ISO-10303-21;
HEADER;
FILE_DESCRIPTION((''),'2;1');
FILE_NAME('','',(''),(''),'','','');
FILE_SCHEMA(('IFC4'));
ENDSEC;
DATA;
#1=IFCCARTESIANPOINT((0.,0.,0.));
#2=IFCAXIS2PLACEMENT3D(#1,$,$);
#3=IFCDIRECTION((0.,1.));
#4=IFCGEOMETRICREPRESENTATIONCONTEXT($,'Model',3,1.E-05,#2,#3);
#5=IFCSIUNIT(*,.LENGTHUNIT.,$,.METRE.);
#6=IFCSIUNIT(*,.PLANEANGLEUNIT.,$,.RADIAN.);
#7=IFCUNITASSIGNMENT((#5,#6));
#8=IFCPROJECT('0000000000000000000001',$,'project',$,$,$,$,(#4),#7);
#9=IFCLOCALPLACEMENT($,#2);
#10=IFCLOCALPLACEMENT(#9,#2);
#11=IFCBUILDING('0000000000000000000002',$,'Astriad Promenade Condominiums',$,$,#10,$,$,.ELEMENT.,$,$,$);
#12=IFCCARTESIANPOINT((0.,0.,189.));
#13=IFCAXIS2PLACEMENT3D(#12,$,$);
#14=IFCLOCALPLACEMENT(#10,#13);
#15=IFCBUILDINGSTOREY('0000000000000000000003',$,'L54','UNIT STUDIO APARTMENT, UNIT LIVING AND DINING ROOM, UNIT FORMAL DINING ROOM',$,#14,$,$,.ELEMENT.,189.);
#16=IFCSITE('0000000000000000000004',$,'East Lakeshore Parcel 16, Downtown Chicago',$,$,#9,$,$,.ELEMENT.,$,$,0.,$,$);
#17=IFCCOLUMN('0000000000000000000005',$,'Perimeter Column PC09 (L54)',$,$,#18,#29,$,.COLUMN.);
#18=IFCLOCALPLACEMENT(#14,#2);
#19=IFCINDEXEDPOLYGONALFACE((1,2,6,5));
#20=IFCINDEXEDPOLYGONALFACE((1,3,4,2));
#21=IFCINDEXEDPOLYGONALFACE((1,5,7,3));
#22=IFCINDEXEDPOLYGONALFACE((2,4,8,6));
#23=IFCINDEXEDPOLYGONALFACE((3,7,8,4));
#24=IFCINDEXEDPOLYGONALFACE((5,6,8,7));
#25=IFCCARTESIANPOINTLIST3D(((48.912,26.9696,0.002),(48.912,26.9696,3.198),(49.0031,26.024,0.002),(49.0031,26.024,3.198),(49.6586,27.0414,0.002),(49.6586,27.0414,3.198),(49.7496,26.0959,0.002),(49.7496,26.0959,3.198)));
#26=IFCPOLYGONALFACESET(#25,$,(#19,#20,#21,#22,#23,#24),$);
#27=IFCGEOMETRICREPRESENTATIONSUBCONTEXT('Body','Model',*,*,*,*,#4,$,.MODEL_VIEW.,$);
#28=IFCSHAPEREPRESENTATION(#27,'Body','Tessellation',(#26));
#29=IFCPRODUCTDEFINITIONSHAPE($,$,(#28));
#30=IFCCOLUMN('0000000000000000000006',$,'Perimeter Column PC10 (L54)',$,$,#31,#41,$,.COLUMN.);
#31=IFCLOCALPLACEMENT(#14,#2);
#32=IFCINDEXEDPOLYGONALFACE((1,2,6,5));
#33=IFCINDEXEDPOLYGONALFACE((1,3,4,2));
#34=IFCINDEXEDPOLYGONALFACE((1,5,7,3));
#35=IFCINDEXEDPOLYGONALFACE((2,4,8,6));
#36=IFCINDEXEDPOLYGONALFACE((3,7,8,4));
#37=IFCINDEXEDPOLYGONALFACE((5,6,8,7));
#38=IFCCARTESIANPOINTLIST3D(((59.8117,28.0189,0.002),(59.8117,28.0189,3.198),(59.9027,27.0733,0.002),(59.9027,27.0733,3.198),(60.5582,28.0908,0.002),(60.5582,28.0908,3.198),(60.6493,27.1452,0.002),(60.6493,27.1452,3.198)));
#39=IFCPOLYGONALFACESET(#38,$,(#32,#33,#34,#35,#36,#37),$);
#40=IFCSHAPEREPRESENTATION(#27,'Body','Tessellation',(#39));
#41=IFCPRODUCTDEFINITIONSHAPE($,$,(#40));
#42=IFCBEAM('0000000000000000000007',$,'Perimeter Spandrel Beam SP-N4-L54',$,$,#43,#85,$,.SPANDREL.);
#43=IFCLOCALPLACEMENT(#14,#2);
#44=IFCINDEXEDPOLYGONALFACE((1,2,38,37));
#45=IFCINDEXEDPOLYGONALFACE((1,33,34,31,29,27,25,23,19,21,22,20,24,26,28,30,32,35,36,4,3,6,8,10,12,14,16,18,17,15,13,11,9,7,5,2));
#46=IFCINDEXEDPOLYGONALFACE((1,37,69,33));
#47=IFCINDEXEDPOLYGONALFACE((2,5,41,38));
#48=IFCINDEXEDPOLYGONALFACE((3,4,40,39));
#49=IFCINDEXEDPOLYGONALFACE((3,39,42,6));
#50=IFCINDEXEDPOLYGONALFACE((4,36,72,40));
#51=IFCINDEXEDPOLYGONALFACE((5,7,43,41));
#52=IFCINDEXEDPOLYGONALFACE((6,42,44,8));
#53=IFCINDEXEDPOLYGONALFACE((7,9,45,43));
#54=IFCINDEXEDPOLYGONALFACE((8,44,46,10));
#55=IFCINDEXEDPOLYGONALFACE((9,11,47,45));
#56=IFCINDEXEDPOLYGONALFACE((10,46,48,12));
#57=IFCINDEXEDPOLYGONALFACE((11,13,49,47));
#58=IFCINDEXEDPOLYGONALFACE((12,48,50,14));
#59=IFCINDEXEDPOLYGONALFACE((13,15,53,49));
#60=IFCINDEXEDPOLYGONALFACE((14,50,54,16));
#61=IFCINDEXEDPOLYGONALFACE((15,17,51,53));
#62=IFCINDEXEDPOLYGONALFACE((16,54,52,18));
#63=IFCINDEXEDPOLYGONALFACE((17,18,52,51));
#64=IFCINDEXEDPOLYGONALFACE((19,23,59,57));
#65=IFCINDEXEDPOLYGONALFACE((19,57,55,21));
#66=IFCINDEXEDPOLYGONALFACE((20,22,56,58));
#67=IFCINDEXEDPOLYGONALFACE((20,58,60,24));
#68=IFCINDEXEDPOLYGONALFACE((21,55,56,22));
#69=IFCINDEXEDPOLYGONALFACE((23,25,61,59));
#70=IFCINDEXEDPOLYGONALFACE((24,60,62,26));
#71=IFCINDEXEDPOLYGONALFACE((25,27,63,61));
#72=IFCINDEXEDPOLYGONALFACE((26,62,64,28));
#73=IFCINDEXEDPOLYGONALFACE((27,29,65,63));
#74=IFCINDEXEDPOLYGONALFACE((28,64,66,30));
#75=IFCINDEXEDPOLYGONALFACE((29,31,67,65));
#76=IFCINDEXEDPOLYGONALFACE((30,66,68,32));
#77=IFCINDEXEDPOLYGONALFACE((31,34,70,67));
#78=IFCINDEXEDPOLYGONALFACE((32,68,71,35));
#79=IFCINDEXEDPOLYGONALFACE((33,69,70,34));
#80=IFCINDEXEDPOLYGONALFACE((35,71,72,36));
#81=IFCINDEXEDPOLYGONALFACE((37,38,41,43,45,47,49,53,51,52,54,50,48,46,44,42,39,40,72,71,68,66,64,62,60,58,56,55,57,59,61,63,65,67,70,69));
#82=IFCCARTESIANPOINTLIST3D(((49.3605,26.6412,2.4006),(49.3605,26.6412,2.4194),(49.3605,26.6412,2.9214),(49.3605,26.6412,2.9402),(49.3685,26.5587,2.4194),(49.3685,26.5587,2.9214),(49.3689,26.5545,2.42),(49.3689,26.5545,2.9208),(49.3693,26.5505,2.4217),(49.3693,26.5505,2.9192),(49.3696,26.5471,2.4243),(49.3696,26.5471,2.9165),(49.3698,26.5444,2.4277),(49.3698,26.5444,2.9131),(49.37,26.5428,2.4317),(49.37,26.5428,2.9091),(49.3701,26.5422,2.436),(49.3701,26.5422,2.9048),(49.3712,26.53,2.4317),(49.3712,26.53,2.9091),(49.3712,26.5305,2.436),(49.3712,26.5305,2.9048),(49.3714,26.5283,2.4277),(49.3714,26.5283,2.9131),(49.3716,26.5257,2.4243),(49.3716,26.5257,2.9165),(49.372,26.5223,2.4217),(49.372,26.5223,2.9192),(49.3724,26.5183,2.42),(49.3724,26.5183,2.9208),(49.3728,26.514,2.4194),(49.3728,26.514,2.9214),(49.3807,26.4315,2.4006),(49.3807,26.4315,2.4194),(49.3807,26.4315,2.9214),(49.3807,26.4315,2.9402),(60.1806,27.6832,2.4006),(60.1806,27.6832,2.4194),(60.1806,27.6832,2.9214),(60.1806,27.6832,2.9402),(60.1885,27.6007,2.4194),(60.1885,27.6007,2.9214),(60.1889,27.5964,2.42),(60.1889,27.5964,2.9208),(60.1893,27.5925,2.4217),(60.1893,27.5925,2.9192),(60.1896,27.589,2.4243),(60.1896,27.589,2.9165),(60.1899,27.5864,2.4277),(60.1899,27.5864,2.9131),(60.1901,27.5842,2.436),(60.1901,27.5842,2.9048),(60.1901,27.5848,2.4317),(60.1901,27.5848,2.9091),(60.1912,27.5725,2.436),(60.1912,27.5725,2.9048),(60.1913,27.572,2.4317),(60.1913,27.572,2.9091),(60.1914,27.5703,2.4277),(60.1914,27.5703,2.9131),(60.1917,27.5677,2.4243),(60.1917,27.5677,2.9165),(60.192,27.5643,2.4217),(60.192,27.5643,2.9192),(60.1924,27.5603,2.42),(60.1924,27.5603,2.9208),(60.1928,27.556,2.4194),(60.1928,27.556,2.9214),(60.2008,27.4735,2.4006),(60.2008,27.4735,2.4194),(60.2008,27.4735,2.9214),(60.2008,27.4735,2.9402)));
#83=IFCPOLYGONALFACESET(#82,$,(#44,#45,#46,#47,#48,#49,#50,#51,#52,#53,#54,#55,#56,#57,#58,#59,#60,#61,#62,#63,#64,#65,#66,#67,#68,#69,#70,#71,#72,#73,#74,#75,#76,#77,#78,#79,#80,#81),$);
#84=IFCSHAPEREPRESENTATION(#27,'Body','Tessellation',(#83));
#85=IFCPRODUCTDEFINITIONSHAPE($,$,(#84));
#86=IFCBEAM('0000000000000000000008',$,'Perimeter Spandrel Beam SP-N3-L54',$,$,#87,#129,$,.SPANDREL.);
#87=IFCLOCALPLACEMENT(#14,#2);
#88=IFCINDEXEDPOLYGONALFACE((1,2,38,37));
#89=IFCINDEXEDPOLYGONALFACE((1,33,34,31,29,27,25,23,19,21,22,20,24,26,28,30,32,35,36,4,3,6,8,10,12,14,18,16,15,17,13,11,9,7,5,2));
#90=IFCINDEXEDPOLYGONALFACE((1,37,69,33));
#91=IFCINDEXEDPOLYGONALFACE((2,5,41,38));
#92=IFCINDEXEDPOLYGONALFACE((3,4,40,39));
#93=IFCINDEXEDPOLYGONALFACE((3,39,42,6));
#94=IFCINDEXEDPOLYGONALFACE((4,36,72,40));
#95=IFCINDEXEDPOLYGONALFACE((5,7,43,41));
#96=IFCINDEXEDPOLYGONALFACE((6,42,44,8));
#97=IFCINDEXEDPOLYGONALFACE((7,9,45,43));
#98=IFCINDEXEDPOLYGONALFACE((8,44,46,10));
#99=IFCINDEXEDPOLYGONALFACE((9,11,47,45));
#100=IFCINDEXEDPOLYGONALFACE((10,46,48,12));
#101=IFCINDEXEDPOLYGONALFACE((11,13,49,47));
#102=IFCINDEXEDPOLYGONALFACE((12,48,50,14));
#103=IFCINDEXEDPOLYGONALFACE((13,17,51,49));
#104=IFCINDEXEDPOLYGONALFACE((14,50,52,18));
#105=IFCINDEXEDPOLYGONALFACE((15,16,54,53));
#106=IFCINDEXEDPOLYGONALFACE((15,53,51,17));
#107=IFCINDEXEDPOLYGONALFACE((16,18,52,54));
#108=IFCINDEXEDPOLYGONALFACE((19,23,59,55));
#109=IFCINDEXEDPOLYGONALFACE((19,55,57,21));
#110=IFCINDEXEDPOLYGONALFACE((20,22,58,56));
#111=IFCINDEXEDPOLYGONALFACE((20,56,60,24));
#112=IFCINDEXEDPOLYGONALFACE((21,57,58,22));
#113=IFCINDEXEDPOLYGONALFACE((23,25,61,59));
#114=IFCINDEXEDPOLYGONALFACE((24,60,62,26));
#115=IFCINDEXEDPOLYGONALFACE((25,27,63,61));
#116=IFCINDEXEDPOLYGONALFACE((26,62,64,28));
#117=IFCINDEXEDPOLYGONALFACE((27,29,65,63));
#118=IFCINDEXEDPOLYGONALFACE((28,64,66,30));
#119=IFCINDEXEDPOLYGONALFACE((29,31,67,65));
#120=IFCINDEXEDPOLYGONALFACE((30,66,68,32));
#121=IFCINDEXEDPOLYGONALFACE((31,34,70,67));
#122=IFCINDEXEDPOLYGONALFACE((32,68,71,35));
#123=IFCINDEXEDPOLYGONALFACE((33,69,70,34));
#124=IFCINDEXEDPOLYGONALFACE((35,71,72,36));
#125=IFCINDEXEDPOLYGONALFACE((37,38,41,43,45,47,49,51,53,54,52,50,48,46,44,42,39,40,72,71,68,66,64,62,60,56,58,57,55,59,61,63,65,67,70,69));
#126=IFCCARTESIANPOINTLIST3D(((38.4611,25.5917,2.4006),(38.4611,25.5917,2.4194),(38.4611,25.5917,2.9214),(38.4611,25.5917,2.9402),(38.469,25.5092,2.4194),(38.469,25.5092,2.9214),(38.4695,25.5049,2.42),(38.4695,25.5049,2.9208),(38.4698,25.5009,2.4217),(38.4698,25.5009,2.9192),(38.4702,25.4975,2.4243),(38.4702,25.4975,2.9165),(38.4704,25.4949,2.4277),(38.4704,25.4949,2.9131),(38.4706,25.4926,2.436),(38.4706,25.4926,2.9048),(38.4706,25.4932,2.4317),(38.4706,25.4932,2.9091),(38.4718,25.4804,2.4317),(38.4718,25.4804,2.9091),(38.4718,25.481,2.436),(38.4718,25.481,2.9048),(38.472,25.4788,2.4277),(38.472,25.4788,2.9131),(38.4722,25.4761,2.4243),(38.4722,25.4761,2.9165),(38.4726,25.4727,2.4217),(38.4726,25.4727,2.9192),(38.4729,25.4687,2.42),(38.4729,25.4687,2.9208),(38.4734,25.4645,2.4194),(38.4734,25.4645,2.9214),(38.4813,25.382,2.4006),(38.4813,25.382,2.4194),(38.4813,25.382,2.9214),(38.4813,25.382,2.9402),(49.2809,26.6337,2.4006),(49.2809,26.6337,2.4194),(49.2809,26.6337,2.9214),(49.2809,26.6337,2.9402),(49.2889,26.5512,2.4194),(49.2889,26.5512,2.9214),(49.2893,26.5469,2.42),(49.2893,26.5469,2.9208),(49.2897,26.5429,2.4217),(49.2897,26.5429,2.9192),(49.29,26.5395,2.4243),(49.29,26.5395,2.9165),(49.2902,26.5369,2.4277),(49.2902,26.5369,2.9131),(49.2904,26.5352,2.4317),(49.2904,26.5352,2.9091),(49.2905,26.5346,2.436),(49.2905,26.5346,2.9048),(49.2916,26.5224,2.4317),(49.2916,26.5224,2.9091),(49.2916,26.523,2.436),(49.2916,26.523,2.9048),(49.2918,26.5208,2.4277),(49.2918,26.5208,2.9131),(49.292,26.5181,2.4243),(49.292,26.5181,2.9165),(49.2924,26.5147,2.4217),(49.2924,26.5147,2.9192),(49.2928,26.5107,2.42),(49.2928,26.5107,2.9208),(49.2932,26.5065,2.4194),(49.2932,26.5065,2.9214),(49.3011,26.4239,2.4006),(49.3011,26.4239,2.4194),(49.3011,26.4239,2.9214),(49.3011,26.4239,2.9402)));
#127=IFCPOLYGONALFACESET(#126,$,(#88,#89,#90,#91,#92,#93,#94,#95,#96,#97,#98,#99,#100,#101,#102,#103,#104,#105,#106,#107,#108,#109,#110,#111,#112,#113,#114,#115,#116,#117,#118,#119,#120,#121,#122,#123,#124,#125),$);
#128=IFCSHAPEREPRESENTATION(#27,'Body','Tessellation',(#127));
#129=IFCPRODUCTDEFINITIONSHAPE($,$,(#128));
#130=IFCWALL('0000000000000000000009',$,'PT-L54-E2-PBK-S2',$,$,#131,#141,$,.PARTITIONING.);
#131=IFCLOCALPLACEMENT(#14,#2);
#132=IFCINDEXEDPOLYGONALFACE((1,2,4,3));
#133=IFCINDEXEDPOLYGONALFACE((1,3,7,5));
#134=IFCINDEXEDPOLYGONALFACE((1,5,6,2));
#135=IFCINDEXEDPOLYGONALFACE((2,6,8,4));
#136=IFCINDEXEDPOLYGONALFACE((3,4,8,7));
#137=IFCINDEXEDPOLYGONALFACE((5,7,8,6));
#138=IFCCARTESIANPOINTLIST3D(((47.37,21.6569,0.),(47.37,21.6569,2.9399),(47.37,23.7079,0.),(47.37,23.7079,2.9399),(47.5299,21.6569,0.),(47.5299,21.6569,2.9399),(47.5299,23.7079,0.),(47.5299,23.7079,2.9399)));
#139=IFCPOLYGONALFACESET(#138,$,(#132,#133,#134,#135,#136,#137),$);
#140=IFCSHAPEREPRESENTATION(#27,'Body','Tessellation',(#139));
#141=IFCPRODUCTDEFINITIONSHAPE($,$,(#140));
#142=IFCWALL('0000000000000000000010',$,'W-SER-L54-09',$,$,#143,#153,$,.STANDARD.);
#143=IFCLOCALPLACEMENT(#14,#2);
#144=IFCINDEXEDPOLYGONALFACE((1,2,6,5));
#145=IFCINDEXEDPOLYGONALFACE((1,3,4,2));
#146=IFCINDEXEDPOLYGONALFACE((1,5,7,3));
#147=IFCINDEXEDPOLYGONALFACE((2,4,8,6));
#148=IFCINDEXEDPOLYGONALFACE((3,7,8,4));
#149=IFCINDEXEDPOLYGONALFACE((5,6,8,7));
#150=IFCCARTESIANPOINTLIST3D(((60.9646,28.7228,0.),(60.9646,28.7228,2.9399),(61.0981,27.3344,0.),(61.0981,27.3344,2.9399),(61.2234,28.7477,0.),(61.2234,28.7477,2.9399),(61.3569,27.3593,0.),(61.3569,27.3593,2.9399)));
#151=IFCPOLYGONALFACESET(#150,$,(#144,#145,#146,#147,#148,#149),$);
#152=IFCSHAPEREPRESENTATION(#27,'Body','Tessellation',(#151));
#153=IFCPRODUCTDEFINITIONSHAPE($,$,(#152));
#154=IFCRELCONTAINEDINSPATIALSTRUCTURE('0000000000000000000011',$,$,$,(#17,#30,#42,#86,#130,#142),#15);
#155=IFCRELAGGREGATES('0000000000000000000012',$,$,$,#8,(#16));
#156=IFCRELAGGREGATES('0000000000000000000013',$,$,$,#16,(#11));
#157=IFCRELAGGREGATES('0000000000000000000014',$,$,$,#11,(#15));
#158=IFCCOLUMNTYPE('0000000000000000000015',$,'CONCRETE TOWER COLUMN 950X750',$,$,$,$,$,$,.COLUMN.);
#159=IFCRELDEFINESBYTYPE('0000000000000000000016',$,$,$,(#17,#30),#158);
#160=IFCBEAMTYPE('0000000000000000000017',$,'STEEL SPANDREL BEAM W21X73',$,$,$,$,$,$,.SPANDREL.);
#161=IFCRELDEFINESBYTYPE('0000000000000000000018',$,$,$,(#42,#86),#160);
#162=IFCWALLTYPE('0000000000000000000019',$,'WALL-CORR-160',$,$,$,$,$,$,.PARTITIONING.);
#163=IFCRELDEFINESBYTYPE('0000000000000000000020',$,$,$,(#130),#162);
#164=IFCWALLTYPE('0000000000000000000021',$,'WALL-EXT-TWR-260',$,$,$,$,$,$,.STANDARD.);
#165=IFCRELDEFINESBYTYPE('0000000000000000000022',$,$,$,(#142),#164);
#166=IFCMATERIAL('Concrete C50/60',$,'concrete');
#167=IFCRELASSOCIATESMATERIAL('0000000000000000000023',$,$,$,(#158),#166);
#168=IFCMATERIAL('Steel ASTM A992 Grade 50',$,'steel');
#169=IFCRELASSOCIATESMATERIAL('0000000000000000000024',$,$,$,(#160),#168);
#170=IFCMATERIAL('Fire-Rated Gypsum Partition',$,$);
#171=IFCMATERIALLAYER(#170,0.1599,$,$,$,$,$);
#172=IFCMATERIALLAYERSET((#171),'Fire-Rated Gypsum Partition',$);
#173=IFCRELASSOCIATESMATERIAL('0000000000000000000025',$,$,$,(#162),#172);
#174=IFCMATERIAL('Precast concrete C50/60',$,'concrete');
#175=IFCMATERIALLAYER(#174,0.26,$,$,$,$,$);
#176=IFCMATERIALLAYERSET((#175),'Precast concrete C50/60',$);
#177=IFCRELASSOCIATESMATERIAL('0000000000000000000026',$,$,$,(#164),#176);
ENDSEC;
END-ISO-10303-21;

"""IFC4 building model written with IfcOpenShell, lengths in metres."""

from ifc_helpers import new_model, si_unit, direction, frame, frame_2d, origin, origin_2d, place, context, subcontext, project, spatial, rectangle, i_section, extrude, source, transform, mapped, material, layer, layer_set, material_profile, profile_set, type_object, type_shapes, element, save


model = new_model("IFC4")

# Units and contexts
model_context = context("Model", 3, precision=1e-05, world=origin(), true_north=direction((0.0, 1.0)))
body_context = subcontext(model_context, "Body", "Model", "MODEL_VIEW")
ifc_project = project(units=[si_unit("LENGTHUNIT", "METRE"), si_unit("PLANEANGLEUNIT", "RADIAN")], contexts=[model_context])

# Site, building, storey
site_placement = place(None, origin())
site = spatial("IfcSite", under=ifc_project, at=site_placement, Name="East Lakeshore Parcel 16, Downtown Chicago", CompositionType="ELEMENT", RefElevation=0.0)
building_placement = place(site_placement, origin())
building = spatial("IfcBuilding", under=site, at=building_placement, Name="Astriad Promenade Condominiums", CompositionType="ELEMENT")
storey_placement = place(building_placement, frame((0.0, 0.0, 189.0)))
storey = spatial("IfcBuildingStorey", under=building, at=storey_placement, Name="L54", Description="UNIT STUDIO APARTMENT, UNIT LIVING AND DINING ROOM, UNIT FORMAL DINING ROOM", CompositionType="ELEMENT", Elevation=189.0)

# Columns
ifc_material_1 = material(Name="Concrete C50/60", Category="concrete")
ifc_material_profile_1 = material_profile(ifc_material_1, rectangle(XDim=0.75, YDim=0.95, at=origin_2d()), Name="RC-COL-950X750")
ifc_profile_set_1 = profile_set([ifc_material_profile_1], Name="Concrete C50/60")
column_type = type_object("IfcColumnType", Name="CONCRETE TOWER COLUMN 950X750", PredefinedType="COLUMN", material=ifc_profile_set_1)
shared_shape_1 = source(origin(), body_context, "Body", "SweptSolid", [
    extrude(rectangle(XDim=0.75, YDim=0.95, at=origin_2d()), origin(), (0.0, 0.0, 1.0), 3.196),
])
type_shapes(column_type, [shared_shape_1])
for number, where, z_axis, x_axis, name in (
    (1, (49.3308, 26.5327, 0.002), (0.0, 0.0, 1.0), (0.995396, 0.095846, 0.0), "Perimeter Column PC09 (L54)"),
    (2, (60.2305, 27.582, 0.002), (0.0, 0.0, 1.0), (0.995396, 0.095846, 0.0), "Perimeter Column PC10 (L54)"),
):
    element("IfcColumn", number, at=place(storey_placement, frame(where, z_axis=z_axis, x_axis=x_axis)), inside=storey, type_object=column_type, Name=name, PredefinedType="COLUMN", context=body_context, shape_type="MappedRepresentation", body=[
        mapped(shared_shape_1, transform((0.0, 0.0, 0.0), scale=1.0)),
    ])

# Beams
ifc_material_2 = material(Name="Steel ASTM A992 Grade 50", Category="steel")
ifc_material_profile_2 = material_profile(ifc_material_2, i_section(OverallWidth=0.2107, OverallDepth=0.5396, WebThickness=0.0117, FlangeThickness=0.0188, FilletRadius=0.0166, at=origin_2d()), Name="W21X73")
ifc_profile_set_2 = profile_set([ifc_material_profile_2], Name="Steel ASTM A992 Grade 50")
beam_type = type_object("IfcBeamType", Name="STEEL SPANDREL BEAM W21X73", PredefinedType="SPANDREL", material=ifc_profile_set_2)
shared_shape_2 = source(origin(), body_context, "Body", "SweptSolid", [
    extrude(i_section(OverallWidth=0.2107, OverallDepth=0.5396, WebThickness=0.0117, FlangeThickness=0.0188, FilletRadius=0.0166, at=origin_2d()), origin(), (0.0, 0.0, 1.0), 10.8701),
])
beam_1_placement = place(storey_placement, frame((60.1907, 27.5784, 2.6704), z_axis=(-0.995395, -0.095858, 0.0), x_axis=(0.095858, -0.995395, 0.0)))
element("IfcBeam", 3, at=beam_1_placement, inside=storey, type_object=beam_type, Name="Perimeter Spandrel Beam SP-N4-L54", PredefinedType="SPANDREL", context=body_context, shape_type="MappedRepresentation", body=[
    mapped(shared_shape_2, transform((0.0, 0.0, 0.0), scale=1.0)),
])
shared_shape_3 = source(origin(), body_context, "Body", "SweptSolid", [
    extrude(i_section(OverallWidth=0.2107, OverallDepth=0.5396, WebThickness=0.0117, FlangeThickness=0.0188, FilletRadius=0.0166, at=origin_2d()), origin(), (0.0, 0.0, 1.0), 10.8699),
])
type_shapes(beam_type, [shared_shape_2, shared_shape_3])
beam_2_placement = place(storey_placement, frame((49.291, 26.5288, 2.6704), z_axis=(-0.995395, -0.09586, 0.0), x_axis=(0.09586, -0.995395, 0.0)))
element("IfcBeam", 4, at=beam_2_placement, inside=storey, type_object=beam_type, Name="Perimeter Spandrel Beam SP-N3-L54", PredefinedType="SPANDREL", context=body_context, shape_type="MappedRepresentation", body=[
    mapped(shared_shape_3, transform((0.0, 0.0, 0.0), scale=1.0)),
])

# Walls
ifc_material_3 = material(Name="Fire-Rated Gypsum Partition")
ifc_layer_1 = layer(ifc_material_3, 0.1599)
ifc_layer_set_1 = layer_set([ifc_layer_1], Name="Fire-Rated Gypsum Partition")
wall_type_1 = type_object("IfcWallType", Name="WALL-CORR-160", PredefinedType="PARTITIONING", material=ifc_layer_set_1)
wall_1_placement = place(storey_placement, frame((47.45, 21.657, 0.0), z_axis=(0.0, 0.0, 1.0), x_axis=(0.0, 1.0, 0.0)))
element("IfcWall", 5, at=wall_1_placement, inside=storey, type_object=wall_type_1, Name="PT-L54-E2-PBK-S2", PredefinedType="PARTITIONING", context=body_context, shape_type="SweptSolid", body=[
    extrude(rectangle(XDim=2.051, YDim=0.1599, at=frame_2d((1.0254, 0.0))), origin(), (0.0, 0.0, 1.0), 2.9399),
])
ifc_material_4 = material(Name="Precast concrete C50/60", Category="concrete")
ifc_layer_2 = layer(ifc_material_4, 0.26)
ifc_layer_set_2 = layer_set([ifc_layer_2], Name="Precast concrete C50/60")
wall_type_2 = type_object("IfcWallType", Name="WALL-EXT-TWR-260", PredefinedType="STANDARD", material=ifc_layer_set_2)
wall_2_placement = place(storey_placement, frame((61.094, 28.7351, 0.0), z_axis=(0.0, 0.0, 1.0), x_axis=(0.095742, -0.995406, 0.0)))
element("IfcWall", 6, at=wall_2_placement, inside=storey, type_object=wall_type_2, Name="W-SER-L54-09", PredefinedType="STANDARD", context=body_context, shape_type="SweptSolid", body=[
    extrude(rectangle(XDim=1.3948, YDim=0.26, at=frame_2d((0.6973, 0.0))), origin(), (0.0, 0.0, 1.0), 2.9399),
])

save(model, "model.ifc")
